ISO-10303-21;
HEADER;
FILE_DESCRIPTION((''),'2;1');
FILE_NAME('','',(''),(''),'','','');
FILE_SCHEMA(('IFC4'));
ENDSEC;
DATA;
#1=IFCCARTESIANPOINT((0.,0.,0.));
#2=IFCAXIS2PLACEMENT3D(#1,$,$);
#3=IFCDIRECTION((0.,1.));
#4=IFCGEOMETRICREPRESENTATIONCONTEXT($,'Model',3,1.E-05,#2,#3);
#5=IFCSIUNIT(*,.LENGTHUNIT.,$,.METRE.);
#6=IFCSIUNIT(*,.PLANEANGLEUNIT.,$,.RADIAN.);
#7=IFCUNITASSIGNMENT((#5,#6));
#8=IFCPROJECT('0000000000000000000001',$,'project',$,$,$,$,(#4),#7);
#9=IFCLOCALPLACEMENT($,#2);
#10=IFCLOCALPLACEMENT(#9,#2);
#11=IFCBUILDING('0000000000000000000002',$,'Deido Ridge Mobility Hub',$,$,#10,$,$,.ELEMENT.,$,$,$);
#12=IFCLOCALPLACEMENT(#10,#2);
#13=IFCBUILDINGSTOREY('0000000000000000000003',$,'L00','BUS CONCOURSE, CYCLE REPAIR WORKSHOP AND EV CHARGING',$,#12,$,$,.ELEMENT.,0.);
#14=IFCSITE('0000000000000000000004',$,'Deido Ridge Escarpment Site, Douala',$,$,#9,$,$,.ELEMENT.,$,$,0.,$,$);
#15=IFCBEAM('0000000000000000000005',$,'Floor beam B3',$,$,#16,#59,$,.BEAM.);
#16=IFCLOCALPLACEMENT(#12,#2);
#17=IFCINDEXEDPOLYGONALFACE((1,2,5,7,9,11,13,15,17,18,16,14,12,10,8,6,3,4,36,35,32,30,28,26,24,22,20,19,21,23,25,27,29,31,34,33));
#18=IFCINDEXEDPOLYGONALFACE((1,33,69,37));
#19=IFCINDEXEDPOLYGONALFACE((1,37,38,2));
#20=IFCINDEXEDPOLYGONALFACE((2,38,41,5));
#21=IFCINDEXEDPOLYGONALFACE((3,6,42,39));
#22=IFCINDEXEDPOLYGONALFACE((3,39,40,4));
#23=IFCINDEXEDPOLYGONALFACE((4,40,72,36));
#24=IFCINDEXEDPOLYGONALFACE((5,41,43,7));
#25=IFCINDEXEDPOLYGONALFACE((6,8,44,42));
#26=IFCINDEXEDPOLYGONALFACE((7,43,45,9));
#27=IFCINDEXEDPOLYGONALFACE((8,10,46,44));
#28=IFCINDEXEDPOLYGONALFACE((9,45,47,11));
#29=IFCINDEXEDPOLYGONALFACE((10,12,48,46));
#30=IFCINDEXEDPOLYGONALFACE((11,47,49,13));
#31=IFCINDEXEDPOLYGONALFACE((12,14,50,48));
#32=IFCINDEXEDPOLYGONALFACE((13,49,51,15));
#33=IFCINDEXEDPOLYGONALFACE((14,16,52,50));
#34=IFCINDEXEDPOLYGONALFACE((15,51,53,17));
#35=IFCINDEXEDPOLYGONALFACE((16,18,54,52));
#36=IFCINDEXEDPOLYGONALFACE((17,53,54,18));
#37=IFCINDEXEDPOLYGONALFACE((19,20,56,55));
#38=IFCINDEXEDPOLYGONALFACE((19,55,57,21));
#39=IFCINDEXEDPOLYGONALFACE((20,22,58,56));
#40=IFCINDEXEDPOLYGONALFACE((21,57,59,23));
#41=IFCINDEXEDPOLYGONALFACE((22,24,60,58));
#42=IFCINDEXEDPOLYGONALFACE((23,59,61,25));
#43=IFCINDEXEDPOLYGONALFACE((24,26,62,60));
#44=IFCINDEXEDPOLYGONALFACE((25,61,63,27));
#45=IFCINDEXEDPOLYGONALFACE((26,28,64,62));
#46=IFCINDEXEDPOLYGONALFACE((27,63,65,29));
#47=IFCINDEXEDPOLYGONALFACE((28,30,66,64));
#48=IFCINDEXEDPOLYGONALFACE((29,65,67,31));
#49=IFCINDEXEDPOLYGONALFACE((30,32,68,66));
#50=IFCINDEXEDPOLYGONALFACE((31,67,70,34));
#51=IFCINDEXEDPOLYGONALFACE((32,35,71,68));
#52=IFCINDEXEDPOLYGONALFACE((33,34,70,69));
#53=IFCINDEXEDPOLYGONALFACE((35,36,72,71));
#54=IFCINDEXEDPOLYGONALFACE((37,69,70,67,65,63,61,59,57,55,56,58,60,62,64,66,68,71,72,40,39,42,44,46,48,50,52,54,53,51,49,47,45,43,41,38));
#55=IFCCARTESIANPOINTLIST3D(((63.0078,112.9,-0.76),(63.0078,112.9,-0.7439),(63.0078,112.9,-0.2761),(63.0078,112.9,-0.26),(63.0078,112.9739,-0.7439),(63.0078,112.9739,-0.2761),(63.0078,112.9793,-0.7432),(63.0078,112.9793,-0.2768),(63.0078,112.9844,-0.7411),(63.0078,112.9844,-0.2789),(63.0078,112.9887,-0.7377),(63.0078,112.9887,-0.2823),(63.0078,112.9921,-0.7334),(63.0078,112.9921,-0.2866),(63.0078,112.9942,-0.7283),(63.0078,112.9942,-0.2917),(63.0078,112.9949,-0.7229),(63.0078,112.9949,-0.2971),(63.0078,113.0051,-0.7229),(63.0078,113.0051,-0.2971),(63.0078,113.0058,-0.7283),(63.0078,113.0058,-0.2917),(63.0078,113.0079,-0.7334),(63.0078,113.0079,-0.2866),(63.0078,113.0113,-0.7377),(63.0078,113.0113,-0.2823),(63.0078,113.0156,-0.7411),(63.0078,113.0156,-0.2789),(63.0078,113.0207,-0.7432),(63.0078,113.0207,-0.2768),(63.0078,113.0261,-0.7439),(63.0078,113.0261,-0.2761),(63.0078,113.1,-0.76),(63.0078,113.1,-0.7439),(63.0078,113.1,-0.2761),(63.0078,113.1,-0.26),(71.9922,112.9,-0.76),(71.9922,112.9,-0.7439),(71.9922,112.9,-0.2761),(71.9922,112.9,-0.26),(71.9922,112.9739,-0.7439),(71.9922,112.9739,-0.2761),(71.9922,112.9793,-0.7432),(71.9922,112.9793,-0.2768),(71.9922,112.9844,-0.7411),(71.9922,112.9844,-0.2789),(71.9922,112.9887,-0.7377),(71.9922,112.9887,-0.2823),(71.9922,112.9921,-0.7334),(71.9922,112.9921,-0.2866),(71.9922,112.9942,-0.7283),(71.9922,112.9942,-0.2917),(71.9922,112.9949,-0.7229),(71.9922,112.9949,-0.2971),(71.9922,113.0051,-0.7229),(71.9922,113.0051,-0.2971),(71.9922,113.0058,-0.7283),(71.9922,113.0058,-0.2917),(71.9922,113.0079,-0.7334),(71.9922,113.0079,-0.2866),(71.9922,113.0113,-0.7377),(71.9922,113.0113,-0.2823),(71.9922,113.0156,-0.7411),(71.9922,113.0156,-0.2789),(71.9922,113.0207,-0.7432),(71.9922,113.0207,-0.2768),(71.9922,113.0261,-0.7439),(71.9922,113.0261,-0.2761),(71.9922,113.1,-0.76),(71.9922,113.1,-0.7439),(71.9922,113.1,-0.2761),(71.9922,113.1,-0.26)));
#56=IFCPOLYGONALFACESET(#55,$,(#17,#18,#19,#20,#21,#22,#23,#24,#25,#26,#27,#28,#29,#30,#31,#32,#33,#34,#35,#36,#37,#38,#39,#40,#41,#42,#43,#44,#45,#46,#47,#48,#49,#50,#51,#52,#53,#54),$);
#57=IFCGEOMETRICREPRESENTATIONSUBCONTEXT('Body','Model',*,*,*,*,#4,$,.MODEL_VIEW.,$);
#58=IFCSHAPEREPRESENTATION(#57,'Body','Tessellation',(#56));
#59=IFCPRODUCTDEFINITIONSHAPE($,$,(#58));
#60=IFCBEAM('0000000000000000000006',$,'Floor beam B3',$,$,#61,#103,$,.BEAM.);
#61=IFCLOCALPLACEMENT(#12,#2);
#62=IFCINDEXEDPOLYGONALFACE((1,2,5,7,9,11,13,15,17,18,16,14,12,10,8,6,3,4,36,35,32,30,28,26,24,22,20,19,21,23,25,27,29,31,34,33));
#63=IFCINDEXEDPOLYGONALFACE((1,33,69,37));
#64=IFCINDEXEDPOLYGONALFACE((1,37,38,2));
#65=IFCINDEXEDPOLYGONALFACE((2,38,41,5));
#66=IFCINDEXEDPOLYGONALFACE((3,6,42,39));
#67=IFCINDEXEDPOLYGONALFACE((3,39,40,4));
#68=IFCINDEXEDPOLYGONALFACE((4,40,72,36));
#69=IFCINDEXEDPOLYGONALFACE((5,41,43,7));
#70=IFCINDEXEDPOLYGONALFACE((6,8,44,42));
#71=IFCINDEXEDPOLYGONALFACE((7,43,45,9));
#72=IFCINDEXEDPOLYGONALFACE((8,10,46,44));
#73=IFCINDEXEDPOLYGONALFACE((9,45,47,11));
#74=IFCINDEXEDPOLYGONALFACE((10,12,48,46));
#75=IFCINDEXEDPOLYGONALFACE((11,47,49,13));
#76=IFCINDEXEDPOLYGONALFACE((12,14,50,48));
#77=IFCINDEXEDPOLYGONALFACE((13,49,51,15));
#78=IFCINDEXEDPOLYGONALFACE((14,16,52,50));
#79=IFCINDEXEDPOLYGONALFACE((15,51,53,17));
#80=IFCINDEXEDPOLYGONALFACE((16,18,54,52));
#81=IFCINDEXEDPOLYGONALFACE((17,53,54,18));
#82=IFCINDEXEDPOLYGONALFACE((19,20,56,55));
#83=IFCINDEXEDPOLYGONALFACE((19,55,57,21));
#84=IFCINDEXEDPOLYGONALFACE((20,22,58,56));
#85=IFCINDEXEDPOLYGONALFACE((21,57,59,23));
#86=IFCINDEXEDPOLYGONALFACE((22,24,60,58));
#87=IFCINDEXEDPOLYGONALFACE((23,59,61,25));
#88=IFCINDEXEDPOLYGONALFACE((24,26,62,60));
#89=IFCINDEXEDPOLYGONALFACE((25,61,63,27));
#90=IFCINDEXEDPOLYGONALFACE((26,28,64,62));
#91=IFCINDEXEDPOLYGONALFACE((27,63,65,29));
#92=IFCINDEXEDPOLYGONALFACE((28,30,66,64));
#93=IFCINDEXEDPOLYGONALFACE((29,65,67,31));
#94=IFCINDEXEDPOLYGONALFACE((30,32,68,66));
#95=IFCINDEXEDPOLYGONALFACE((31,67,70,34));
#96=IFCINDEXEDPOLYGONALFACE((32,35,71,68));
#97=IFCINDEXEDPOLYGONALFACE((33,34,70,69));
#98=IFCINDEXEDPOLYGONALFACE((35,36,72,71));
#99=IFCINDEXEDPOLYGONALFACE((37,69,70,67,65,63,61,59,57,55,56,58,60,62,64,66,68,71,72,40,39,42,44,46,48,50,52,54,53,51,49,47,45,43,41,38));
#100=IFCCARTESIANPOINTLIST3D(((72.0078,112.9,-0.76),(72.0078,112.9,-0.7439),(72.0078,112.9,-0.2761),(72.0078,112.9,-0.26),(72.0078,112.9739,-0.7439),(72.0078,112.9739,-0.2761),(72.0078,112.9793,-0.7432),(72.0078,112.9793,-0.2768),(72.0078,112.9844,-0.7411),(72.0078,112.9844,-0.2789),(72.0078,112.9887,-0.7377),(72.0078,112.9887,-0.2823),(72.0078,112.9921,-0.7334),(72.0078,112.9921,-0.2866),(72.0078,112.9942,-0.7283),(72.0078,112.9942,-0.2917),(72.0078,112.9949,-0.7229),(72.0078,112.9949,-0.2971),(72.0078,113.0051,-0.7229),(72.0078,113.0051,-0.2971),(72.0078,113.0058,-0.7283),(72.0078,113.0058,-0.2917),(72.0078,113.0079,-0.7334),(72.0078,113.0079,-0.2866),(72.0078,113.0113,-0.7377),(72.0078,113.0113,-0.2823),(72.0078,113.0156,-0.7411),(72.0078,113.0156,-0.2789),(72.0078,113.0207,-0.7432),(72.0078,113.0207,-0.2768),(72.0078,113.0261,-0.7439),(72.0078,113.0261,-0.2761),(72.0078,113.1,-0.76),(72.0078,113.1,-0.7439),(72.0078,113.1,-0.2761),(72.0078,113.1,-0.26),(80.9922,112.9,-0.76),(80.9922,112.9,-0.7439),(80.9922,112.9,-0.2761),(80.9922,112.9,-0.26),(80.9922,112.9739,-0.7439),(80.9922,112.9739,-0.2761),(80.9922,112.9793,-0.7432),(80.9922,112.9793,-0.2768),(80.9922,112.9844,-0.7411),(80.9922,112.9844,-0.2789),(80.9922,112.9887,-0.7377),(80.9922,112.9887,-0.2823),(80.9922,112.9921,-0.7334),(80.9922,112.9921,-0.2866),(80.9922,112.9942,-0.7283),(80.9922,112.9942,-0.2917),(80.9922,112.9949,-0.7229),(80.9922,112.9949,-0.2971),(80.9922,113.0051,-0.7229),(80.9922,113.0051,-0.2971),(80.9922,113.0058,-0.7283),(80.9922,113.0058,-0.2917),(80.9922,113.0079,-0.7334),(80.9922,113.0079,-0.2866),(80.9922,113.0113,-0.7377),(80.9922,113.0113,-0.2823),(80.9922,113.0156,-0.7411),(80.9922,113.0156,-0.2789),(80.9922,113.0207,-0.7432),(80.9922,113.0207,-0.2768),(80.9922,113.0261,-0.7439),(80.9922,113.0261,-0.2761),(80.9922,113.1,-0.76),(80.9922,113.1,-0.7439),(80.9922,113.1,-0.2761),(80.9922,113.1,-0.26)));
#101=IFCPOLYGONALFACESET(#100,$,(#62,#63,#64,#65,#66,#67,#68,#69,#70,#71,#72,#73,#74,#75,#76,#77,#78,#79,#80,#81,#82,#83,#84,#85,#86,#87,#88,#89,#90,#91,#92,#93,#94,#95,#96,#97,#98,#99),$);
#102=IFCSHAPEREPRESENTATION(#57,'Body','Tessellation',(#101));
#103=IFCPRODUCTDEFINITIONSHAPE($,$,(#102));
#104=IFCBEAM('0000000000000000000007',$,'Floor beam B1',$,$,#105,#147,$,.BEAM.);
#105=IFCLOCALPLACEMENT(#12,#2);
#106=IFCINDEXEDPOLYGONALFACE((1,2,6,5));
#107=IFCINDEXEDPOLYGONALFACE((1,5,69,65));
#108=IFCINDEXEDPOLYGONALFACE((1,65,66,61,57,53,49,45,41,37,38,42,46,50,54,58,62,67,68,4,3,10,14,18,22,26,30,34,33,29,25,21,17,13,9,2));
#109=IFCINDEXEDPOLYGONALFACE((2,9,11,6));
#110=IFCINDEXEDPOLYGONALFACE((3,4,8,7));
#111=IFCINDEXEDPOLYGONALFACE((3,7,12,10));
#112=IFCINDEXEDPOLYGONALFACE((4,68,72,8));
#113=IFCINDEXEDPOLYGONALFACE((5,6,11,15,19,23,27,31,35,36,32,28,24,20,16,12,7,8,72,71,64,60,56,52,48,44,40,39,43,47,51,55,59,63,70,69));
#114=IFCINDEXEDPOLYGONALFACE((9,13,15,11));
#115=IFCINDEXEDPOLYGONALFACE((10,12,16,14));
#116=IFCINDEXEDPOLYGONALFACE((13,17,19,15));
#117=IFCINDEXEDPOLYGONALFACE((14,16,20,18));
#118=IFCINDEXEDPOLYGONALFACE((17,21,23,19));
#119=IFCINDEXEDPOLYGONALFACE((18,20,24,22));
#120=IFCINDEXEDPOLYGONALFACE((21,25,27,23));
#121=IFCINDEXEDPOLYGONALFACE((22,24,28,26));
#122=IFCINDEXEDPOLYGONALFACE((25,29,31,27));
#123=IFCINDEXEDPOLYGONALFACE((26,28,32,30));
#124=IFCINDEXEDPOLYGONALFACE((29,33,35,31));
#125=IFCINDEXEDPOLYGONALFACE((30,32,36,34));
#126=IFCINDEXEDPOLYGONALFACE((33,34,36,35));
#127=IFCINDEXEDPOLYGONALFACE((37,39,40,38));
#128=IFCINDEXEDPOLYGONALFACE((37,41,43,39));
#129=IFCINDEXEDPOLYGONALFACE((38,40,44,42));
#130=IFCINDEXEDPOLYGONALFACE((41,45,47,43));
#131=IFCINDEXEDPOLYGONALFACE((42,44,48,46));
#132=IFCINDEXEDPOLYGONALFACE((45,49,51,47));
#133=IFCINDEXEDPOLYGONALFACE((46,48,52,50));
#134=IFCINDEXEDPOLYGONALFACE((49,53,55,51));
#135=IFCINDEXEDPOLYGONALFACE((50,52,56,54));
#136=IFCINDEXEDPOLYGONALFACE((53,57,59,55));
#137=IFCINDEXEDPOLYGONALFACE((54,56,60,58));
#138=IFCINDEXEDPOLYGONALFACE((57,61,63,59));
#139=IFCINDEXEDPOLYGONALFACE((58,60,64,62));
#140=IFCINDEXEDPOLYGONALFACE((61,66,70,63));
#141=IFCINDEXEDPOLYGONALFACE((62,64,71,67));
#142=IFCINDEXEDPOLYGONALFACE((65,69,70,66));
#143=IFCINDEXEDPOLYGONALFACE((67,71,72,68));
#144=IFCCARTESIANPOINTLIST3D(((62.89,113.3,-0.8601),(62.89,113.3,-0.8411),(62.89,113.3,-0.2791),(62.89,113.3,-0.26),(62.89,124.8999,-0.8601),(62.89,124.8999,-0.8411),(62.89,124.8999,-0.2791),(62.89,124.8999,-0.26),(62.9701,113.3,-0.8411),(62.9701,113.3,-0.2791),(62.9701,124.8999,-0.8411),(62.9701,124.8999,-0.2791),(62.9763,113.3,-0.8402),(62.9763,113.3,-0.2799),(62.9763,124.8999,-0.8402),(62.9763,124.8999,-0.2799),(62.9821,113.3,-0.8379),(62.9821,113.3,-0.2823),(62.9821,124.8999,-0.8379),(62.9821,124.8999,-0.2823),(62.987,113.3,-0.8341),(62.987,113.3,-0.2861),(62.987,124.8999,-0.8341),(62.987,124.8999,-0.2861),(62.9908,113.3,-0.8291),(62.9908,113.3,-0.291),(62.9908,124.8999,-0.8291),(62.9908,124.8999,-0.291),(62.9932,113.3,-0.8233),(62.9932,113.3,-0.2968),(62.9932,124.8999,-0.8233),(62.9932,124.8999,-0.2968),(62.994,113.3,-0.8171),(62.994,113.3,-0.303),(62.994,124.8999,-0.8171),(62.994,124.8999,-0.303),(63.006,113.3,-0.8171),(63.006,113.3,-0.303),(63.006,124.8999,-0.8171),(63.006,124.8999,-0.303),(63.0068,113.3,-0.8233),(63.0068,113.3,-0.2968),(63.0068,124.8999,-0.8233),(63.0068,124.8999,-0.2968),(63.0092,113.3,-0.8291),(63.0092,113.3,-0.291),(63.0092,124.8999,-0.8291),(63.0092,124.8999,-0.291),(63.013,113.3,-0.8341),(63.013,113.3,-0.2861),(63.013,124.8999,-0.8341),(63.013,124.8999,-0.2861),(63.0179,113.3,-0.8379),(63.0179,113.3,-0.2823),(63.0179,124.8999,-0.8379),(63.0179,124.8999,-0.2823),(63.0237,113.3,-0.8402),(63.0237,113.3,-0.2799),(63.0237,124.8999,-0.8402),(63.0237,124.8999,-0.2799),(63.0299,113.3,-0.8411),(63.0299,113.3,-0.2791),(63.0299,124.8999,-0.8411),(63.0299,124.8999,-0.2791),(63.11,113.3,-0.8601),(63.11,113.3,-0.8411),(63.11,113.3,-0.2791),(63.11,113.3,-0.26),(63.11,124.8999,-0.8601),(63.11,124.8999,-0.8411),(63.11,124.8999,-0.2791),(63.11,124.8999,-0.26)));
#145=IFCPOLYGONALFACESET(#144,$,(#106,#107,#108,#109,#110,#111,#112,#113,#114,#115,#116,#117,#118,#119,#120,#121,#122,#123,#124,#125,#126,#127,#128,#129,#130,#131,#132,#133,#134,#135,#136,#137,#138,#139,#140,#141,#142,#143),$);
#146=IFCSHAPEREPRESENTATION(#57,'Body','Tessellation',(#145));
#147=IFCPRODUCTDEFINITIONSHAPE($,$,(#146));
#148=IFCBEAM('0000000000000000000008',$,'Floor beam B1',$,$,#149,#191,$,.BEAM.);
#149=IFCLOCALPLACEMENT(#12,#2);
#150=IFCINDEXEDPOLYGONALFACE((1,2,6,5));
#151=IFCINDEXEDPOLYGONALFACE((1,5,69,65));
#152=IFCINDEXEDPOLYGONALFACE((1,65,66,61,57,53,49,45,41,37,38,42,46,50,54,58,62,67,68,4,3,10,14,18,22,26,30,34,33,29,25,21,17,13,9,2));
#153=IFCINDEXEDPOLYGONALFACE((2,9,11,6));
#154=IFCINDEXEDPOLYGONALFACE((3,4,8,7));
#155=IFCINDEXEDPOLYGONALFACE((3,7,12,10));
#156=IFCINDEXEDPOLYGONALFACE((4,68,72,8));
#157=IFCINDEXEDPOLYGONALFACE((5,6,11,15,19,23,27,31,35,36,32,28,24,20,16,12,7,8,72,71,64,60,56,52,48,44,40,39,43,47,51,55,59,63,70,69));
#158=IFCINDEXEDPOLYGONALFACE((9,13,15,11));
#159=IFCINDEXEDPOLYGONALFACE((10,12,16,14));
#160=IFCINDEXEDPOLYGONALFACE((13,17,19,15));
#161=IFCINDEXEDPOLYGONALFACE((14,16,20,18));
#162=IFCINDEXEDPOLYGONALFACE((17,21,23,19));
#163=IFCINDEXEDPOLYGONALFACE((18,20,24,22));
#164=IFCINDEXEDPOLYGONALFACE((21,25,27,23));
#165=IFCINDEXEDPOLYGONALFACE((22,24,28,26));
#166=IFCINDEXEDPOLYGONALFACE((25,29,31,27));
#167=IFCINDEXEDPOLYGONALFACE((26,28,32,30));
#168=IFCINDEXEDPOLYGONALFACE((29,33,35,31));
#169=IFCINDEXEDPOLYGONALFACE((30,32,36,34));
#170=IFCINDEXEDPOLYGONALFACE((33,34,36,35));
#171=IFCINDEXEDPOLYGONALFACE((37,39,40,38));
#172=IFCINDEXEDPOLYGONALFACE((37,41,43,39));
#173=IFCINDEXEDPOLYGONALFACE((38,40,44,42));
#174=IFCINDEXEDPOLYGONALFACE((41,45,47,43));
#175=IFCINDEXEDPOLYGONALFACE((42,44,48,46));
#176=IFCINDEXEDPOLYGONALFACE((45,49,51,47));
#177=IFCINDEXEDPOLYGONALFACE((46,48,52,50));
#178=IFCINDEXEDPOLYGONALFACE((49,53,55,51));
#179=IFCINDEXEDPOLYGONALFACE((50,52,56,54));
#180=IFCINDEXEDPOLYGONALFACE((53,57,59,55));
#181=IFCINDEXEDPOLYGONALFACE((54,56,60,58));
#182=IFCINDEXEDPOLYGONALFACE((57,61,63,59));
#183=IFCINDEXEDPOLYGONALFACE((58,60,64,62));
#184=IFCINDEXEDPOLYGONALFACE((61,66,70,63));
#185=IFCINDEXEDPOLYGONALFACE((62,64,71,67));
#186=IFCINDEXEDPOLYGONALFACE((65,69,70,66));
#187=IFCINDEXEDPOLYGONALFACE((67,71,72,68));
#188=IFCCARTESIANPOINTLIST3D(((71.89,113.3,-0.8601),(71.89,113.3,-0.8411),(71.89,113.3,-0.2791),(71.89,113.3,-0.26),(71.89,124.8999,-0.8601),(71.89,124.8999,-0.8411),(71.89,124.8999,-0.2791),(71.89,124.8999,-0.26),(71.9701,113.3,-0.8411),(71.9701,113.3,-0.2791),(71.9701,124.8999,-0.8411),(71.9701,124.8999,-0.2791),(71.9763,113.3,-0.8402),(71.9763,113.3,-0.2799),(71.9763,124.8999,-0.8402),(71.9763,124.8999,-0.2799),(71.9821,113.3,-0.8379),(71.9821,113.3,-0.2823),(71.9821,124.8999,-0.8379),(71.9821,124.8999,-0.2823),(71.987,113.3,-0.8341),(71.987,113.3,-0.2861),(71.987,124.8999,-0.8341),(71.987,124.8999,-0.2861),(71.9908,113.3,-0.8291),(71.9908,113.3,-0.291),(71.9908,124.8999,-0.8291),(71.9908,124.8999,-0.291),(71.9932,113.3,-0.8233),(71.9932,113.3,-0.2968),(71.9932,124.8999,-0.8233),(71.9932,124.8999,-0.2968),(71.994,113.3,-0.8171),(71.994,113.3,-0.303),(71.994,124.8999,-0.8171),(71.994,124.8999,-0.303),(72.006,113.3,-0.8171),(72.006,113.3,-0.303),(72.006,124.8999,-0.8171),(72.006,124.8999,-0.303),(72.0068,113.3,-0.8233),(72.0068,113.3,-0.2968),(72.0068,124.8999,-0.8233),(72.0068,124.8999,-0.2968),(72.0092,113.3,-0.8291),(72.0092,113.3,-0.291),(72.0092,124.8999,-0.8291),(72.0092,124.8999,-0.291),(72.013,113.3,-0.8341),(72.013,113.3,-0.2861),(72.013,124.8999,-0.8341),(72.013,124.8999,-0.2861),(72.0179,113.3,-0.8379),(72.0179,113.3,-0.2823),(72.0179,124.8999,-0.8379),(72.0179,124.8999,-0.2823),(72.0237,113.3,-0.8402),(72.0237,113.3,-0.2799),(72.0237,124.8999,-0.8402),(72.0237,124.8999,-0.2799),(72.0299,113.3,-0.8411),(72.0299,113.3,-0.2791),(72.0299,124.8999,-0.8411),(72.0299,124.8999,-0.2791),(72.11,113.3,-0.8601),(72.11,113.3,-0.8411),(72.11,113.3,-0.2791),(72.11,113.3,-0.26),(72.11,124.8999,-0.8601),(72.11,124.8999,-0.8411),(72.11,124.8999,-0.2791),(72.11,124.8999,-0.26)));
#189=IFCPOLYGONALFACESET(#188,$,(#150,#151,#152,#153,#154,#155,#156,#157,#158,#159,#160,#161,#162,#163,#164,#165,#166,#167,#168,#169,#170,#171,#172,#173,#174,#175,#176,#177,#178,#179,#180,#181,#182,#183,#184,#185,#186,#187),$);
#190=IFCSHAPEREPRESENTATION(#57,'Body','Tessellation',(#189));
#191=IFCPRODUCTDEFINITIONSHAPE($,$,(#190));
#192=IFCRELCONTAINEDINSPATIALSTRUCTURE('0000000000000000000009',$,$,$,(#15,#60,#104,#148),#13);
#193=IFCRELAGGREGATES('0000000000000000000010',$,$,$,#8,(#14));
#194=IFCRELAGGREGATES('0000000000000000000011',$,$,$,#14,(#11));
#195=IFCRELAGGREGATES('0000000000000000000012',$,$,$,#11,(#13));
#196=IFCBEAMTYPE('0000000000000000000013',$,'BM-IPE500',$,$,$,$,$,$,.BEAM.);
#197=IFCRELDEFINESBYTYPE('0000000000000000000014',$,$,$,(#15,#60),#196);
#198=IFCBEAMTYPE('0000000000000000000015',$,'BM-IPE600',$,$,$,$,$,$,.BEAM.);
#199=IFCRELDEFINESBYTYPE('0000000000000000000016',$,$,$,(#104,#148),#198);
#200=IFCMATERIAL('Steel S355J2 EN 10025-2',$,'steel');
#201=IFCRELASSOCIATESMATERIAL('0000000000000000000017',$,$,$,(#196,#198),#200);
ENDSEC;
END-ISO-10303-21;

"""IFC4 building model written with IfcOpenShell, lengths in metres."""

from ifc_helpers import new_model, si_unit, direction, frame, origin, origin_2d, place, context, subcontext, project, spatial, i_section, extrude, material, material_profile, profile_set, type_object, element, save


model = new_model("IFC4")

# Units and contexts
model_context = context("Model", 3, precision=1e-05, world=origin(), true_north=direction((0.0, 1.0)))
body_context = subcontext(model_context, "Body", "Model", "MODEL_VIEW")
ifc_project = project(units=[si_unit("LENGTHUNIT", "METRE"), si_unit("PLANEANGLEUNIT", "RADIAN")], contexts=[model_context])

# Site, building, storey
site_placement = place(None, origin())
site = spatial("IfcSite", under=ifc_project, at=site_placement, Name="Deido Ridge Escarpment Site, Douala", CompositionType="ELEMENT", RefElevation=0.0)
building_placement = place(site_placement, origin())
building = spatial("IfcBuilding", under=site, at=building_placement, Name="Deido Ridge Mobility Hub", CompositionType="ELEMENT")
storey_placement = place(building_placement, origin())
storey = spatial("IfcBuildingStorey", under=building, at=storey_placement, Name="L00", Description="BUS CONCOURSE, CYCLE REPAIR WORKSHOP AND EV CHARGING", CompositionType="ELEMENT", Elevation=0.0)

# Shared definitions
ifc_material_1 = material(Name="Steel S355J2 EN 10025-2", Category="steel")

# Beams
ifc_material_profile_1 = material_profile(ifc_material_1, i_section(OverallWidth=0.2, OverallDepth=0.5, WebThickness=0.0103, FlangeThickness=0.0161, FilletRadius=0.021, at=origin_2d()), Name="IPE 500")
ifc_profile_set_1 = profile_set([ifc_material_profile_1], Name="Steel S355J2 EN 10025-2")
beam_type_1 = type_object("IfcBeamType", Name="BM-IPE500", PredefinedType="BEAM", material=ifc_profile_set_1)
for number, where, z_axis, x_axis, name in (
    (1, (63.0078, 113.0, -0.51), (1.0, 0.0, 0.0), (0.0, 1.0, 0.0), "Floor beam B3"),
    (2, (72.0078, 113.0, -0.51), (1.0, 0.0, 0.0), (0.0, 1.0, 0.0), "Floor beam B3"),
):
    element("IfcBeam", number, at=place(storey_placement, frame(where, z_axis=z_axis, x_axis=x_axis)), inside=storey, type_object=beam_type_1, Name=name, PredefinedType="BEAM", context=body_context, shape_type="SweptSolid", body=[
        extrude(i_section(OverallWidth=0.2, OverallDepth=0.5, WebThickness=0.0103, FlangeThickness=0.0161, FilletRadius=0.021, at=origin_2d()), origin(), (0.0, 0.0, 1.0), 8.9844),
    ])
ifc_material_profile_2 = material_profile(ifc_material_1, i_section(OverallWidth=0.22, OverallDepth=0.6001, WebThickness=0.012, FlangeThickness=0.019, FilletRadius=0.0239, at=origin_2d()), Name="IPE 600")
ifc_profile_set_2 = profile_set([ifc_material_profile_2], Name="Steel S355J2 EN 10025-2")
beam_type_2 = type_object("IfcBeamType", Name="BM-IPE600", PredefinedType="BEAM", material=ifc_profile_set_2)
for number, where, z_axis, x_axis, name in (
    (3, (63.0, 113.3, -0.5601), (0.0, 1.0, 0.0), (-1.0, 0.0, 0.0), "Floor beam B1"),
    (4, (72.0, 113.3, -0.5601), (0.0, 1.0, 0.0), (-1.0, 0.0, 0.0), "Floor beam B1"),
):
    element("IfcBeam", number, at=place(storey_placement, frame(where, z_axis=z_axis, x_axis=x_axis)), inside=storey, type_object=beam_type_2, Name=name, PredefinedType="BEAM", context=body_context, shape_type="SweptSolid", body=[
        extrude(i_section(OverallWidth=0.22, OverallDepth=0.6001, WebThickness=0.012, FlangeThickness=0.019, FilletRadius=0.0239, at=origin_2d()), origin(), (0.0, 0.0, 1.0), 11.5999),
    ])

save(model, "model.ifc")
